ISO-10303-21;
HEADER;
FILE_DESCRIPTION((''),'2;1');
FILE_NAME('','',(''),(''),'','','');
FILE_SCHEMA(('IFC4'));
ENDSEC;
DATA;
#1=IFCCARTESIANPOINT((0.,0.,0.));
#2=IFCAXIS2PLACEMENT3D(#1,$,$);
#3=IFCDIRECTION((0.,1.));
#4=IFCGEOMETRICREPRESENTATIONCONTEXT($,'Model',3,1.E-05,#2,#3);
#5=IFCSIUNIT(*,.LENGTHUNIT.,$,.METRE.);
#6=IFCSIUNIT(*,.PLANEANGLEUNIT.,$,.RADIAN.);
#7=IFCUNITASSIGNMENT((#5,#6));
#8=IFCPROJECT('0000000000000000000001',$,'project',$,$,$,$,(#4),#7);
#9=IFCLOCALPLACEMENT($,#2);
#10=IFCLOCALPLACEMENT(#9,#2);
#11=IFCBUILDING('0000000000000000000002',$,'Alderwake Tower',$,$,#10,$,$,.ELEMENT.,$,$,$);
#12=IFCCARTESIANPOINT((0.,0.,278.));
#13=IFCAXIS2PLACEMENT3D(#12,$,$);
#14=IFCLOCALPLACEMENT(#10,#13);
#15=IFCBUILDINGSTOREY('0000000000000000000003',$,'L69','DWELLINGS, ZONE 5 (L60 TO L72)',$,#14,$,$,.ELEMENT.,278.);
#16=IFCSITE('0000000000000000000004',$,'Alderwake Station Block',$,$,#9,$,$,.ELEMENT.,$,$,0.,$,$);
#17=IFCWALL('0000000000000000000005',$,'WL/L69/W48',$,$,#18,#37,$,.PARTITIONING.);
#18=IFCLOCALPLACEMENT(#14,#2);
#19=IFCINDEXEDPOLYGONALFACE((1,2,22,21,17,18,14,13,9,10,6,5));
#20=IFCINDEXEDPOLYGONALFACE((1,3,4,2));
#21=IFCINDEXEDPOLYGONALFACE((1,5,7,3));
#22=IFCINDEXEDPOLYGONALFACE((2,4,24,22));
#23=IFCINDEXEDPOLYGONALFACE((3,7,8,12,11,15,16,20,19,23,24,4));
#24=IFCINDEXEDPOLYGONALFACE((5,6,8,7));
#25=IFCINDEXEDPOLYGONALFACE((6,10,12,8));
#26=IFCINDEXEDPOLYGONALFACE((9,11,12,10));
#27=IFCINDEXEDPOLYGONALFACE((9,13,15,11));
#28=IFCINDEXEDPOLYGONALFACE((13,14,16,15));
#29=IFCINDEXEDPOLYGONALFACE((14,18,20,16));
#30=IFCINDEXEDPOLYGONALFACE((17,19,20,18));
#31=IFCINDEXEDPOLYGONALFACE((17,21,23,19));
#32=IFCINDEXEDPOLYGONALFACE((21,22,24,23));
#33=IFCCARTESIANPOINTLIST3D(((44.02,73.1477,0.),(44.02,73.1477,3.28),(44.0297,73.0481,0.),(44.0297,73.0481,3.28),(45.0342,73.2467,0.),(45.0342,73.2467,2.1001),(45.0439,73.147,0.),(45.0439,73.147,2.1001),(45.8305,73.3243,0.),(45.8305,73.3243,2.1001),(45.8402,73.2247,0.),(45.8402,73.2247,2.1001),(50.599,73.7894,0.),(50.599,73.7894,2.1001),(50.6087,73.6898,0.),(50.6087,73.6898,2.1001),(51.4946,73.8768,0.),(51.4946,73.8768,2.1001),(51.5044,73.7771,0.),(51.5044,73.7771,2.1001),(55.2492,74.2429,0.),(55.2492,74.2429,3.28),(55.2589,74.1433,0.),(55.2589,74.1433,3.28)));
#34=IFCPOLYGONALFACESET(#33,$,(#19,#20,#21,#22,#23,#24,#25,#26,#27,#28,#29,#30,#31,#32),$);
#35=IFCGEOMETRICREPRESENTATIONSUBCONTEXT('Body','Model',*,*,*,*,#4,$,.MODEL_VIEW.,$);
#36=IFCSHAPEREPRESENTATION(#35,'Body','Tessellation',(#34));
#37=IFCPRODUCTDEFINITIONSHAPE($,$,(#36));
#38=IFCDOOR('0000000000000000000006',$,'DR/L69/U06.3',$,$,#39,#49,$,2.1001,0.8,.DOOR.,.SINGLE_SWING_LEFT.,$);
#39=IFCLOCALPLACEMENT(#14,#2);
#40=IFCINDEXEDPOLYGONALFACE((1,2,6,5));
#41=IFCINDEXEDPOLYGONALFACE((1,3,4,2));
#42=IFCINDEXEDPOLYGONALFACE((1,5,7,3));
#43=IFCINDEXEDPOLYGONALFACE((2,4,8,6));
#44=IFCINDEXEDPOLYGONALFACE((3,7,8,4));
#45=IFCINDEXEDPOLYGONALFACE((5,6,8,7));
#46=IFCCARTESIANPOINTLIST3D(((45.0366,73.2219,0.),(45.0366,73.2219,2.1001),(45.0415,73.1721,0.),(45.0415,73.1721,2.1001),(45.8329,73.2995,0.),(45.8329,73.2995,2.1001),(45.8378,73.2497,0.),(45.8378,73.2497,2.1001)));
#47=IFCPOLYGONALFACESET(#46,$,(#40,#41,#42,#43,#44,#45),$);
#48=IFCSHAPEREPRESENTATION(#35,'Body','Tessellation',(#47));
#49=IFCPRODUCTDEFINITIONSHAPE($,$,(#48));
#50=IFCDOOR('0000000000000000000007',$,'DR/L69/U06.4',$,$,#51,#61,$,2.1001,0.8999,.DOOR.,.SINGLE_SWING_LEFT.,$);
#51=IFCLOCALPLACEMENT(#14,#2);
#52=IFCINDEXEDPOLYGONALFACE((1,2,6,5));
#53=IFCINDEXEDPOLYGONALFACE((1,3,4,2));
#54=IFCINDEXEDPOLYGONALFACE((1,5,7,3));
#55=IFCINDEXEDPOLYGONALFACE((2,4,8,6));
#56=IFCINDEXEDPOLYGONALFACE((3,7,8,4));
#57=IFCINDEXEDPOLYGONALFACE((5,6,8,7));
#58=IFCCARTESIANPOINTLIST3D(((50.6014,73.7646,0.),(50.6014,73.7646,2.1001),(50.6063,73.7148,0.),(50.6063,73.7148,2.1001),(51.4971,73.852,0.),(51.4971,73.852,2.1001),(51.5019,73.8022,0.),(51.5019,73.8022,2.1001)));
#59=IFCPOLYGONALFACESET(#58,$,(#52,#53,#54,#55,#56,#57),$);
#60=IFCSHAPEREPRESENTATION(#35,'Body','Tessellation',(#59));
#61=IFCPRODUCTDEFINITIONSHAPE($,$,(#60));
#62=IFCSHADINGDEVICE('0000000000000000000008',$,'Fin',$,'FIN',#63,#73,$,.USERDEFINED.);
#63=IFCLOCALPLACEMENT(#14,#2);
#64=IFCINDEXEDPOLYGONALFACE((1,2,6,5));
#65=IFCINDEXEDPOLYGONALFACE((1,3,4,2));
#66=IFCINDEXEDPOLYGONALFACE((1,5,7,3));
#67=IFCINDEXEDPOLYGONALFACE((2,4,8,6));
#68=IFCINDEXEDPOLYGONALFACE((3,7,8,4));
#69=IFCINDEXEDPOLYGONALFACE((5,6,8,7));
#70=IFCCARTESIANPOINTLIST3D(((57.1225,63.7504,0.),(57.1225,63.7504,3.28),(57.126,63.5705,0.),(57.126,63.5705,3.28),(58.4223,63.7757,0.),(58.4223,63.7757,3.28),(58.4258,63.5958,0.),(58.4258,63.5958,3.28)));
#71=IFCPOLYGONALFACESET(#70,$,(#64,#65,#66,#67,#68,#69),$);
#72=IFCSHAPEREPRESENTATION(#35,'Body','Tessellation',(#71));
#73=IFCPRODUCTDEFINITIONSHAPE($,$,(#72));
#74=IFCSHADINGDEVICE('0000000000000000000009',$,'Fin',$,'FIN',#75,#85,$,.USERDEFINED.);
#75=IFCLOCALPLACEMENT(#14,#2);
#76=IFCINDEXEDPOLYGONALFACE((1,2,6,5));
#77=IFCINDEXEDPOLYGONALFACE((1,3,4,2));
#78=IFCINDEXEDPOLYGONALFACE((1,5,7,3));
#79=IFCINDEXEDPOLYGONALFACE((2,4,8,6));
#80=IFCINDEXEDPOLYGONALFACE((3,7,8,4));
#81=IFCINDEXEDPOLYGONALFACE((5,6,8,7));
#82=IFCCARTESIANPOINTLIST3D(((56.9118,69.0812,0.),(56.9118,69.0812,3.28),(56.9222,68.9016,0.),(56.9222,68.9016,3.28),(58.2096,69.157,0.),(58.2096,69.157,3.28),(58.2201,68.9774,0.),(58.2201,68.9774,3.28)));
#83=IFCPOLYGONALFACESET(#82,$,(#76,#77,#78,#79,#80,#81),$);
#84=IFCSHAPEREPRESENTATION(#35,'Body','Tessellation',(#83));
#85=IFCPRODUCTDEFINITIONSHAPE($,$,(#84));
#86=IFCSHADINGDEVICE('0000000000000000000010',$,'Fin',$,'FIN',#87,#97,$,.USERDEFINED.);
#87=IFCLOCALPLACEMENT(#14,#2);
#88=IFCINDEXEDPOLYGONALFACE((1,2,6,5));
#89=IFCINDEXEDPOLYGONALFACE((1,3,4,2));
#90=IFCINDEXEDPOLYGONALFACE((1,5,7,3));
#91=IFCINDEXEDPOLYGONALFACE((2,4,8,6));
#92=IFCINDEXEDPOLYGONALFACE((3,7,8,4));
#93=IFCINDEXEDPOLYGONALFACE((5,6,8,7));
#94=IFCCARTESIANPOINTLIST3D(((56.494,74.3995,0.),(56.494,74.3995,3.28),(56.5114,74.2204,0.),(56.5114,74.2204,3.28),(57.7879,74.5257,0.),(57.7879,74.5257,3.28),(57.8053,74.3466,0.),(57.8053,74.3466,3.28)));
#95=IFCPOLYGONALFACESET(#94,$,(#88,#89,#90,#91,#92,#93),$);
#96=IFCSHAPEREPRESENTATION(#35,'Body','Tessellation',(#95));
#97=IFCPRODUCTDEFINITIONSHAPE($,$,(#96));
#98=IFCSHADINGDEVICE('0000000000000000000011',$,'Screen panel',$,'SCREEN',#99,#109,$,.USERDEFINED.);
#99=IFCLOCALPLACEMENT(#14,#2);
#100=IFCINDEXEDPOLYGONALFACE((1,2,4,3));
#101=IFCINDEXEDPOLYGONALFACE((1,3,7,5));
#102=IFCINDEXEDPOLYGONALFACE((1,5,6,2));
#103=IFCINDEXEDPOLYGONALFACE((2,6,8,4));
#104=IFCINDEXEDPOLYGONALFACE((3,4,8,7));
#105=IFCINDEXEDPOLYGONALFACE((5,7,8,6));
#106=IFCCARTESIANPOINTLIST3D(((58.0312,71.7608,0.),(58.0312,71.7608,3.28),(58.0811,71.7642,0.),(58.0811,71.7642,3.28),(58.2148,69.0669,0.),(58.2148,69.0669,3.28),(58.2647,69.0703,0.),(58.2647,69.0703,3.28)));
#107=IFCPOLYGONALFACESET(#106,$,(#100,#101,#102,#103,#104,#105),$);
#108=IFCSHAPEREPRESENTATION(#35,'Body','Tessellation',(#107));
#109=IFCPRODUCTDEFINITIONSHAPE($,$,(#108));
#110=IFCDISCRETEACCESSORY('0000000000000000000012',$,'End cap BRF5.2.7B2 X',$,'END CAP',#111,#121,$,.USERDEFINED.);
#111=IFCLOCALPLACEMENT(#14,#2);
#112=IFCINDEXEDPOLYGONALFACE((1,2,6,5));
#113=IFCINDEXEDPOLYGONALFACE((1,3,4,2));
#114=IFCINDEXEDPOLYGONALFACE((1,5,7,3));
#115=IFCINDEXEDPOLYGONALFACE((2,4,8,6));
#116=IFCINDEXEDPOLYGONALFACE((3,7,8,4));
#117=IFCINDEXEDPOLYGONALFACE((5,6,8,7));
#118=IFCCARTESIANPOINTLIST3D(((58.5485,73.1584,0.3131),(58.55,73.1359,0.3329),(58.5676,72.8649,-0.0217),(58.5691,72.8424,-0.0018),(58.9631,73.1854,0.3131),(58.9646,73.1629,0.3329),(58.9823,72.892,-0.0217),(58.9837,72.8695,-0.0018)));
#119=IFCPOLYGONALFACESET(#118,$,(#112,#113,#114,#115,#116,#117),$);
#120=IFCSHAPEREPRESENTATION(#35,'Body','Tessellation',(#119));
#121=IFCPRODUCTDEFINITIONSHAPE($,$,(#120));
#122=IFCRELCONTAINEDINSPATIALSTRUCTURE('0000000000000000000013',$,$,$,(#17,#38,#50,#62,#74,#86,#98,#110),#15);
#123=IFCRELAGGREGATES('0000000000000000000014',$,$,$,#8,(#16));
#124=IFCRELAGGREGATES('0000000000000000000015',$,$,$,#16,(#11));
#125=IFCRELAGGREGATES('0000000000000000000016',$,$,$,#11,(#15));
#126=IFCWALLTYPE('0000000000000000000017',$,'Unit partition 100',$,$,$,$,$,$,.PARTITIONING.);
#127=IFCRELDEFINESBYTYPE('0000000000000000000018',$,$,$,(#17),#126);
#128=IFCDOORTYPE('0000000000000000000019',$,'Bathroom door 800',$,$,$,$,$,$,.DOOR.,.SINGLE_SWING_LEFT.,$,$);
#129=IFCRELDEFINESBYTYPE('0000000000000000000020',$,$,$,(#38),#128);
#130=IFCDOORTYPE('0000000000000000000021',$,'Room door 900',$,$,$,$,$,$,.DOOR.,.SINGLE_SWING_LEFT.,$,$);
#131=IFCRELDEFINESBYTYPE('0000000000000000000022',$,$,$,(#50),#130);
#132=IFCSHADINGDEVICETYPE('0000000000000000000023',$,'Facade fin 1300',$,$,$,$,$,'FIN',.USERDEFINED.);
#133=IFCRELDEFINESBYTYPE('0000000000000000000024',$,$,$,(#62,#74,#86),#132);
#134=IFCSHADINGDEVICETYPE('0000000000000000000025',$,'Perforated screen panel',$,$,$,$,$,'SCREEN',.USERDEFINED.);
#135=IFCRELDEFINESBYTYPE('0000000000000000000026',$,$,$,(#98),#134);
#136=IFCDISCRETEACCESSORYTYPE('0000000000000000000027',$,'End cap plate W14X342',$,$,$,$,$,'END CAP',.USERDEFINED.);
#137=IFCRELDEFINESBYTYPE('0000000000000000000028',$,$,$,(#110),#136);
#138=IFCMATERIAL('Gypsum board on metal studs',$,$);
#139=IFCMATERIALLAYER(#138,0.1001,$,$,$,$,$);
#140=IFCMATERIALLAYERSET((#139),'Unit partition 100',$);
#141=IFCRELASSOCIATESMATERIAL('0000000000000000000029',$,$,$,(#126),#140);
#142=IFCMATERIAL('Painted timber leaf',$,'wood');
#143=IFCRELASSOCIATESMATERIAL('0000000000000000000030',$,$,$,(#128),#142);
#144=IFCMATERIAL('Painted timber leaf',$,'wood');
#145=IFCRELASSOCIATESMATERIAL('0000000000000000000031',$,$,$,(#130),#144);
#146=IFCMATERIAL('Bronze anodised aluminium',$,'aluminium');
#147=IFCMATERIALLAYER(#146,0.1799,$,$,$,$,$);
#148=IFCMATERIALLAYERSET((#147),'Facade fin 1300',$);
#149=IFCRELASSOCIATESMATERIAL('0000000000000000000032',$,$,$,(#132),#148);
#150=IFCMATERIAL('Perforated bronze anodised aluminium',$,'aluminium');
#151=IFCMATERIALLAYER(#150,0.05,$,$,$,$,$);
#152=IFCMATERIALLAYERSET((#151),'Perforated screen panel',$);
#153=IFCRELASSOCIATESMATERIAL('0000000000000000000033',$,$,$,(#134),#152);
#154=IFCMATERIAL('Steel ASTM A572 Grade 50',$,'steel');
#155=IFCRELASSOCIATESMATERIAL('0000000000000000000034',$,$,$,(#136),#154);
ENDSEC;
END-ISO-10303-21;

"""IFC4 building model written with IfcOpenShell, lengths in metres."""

from ifc_helpers import new_model, si_unit, direction, frame, frame_2d, origin, origin_2d, place, context, subcontext, project, spatial, rectangle, extrude, material, layer, layer_set, material_profile, profile_set, type_object, element, fill, save


model = new_model("IFC4")

# Units and contexts
model_context = context("Model", 3, precision=1e-05, world=origin(), true_north=direction((0.0, 1.0)))
body_context = subcontext(model_context, "Body", "Model", "MODEL_VIEW")
ifc_project = project(units=[si_unit("LENGTHUNIT", "METRE"), si_unit("PLANEANGLEUNIT", "RADIAN")], contexts=[model_context])

# Site, building, storey
site_placement = place(None, origin())
site = spatial("IfcSite", under=ifc_project, at=site_placement, Name="Alderwake Station Block", CompositionType="ELEMENT", RefElevation=0.0)
building_placement = place(site_placement, origin())
building = spatial("IfcBuilding", under=site, at=building_placement, Name="Alderwake Tower", CompositionType="ELEMENT")
storey_placement = place(building_placement, frame((0.0, 0.0, 278.0)))
storey = spatial("IfcBuildingStorey", under=building, at=storey_placement, Name="L69", Description="DWELLINGS, ZONE 5 (L60 TO L72)", CompositionType="ELEMENT", Elevation=278.0)

# Wall, openings, doors
ifc_material_1 = material(Name="Gypsum board on metal studs")
ifc_layer_1 = layer(ifc_material_1, 0.1001)
ifc_layer_set_1 = layer_set([ifc_layer_1], Name="Unit partition 100")
wall_type_1 = type_object("IfcWallType", Name="Unit partition 100", PredefinedType="PARTITIONING", material=ifc_layer_set_1)
wall_1_placement = place(storey_placement, frame((55.2539, 74.1931, 0.0), z_axis=(0.0, 0.0, 1.0), x_axis=(-0.995277, -0.097072, 0.0)))
wall_1 = element("IfcWall", 1, at=wall_1_placement, inside=storey, type_object=wall_type_1, Name="WL/L69/W48", PredefinedType="PARTITIONING", context=body_context, shape_type="SweptSolid", body=[
    extrude(rectangle(XDim=11.2825, YDim=0.1001, at=frame_2d((5.6411, 0.0))), origin(), (0.0, 0.0, 1.0), 3.28),
])
opening_1_placement = place(wall_1_placement, frame((9.4634, 0.0, 0.0)))
opening_1 = element("IfcOpeningElement", 2, at=opening_1_placement, cuts=wall_1, PredefinedType="OPENING", context=body_context, shape_type="SweptSolid", body=[
    extrude(rectangle(XDim=0.8, YDim=2.1001, at=frame_2d((0.3999, 1.05))), frame((0.0, 0.0601, 0.0), z_axis=(0.0, -1.0, 0.0), x_axis=(1.0, 0.0, 0.0)), (0.0, 0.0, 1.0), 0.1201),
])
opening_2_placement = place(wall_1_placement, frame((3.7722, 0.0, 0.0)))
opening_2 = element("IfcOpeningElement", 3, at=opening_2_placement, cuts=wall_1, PredefinedType="OPENING", context=body_context, shape_type="SweptSolid", body=[
    extrude(rectangle(XDim=0.8999, YDim=2.1001, at=frame_2d((0.45, 1.05))), frame((0.0, 0.0601, 0.0), z_axis=(0.0, -1.0, 0.0), x_axis=(1.0, 0.0, 0.0)), (0.0, 0.0, 1.0), 0.1201),
])
ifc_material_2 = material(Name="Painted timber leaf", Category="wood")
door_type_1 = type_object("IfcDoorType", Name="Bathroom door 800", OperationType="SINGLE_SWING_LEFT", PredefinedType="DOOR", material=ifc_material_2)
door_1_placement = place(opening_1_placement, origin())
door_1 = element("IfcDoor", 4, at=door_1_placement, inside=storey, type_object=door_type_1, Name="DR/L69/U06.3", OperationType="SINGLE_SWING_LEFT", OverallHeight=2.1001, OverallWidth=0.8, PredefinedType="DOOR", context=body_context, shape_type="SweptSolid", body=[
    extrude(rectangle(XDim=0.8, YDim=2.1001, at=frame_2d((0.3999, 1.05))), frame((0.0, 0.0249, 0.0), z_axis=(0.0, -1.0, 0.0), x_axis=(1.0, 0.0, 0.0)), (0.0, 0.0, 1.0), 0.05),
])
fill(opening_1, door_1)
ifc_material_3 = material(Name="Painted timber leaf", Category="wood")
door_type_2 = type_object("IfcDoorType", Name="Room door 900", OperationType="SINGLE_SWING_LEFT", PredefinedType="DOOR", material=ifc_material_3)
door_2_placement = place(opening_2_placement, origin())
door_2 = element("IfcDoor", 5, at=door_2_placement, inside=storey, type_object=door_type_2, Name="DR/L69/U06.4", OperationType="SINGLE_SWING_LEFT", OverallHeight=2.1001, OverallWidth=0.8999, PredefinedType="DOOR", context=body_context, shape_type="SweptSolid", body=[
    extrude(rectangle(XDim=0.8999, YDim=2.1001, at=frame_2d((0.45, 1.05))), frame((0.0, 0.0249, 0.0), z_axis=(0.0, -1.0, 0.0), x_axis=(1.0, 0.0, 0.0)), (0.0, 0.0, 1.0), 0.05),
])
fill(opening_2, door_2)

# Shading devices
ifc_material_4 = material(Name="Bronze anodised aluminium", Category="aluminium")
ifc_layer_2 = layer(ifc_material_4, 0.1799)
ifc_layer_set_2 = layer_set([ifc_layer_2], Name="Facade fin 1300")
shading_device_type_1 = type_object("IfcShadingDeviceType", Name="Facade fin 1300", ElementType="FIN", PredefinedType="USERDEFINED", material=ifc_layer_set_2)
for number, where, z_axis, x_axis, name in (
    (6, (57.7742, 63.6731, 0.0), (0.0, 0.0, 1.0), (0.999812, 0.019398, 0.0), "Fin"),
    (7, (57.5659, 69.0293, 0.0), (0.0, 0.0, 1.0), (0.998301, 0.058266, 0.0), "Fin"),
    (8, (57.1497, 74.373, 0.0), (0.0, 0.0, 1.0), (0.99528, 0.097046, 0.0), "Fin"),
):
    element("IfcShadingDevice", number, at=place(storey_placement, frame(where, z_axis=z_axis, x_axis=x_axis)), inside=storey, type_object=shading_device_type_1, Name=name, ObjectType="FIN", PredefinedType="USERDEFINED", context=body_context, shape_type="SweptSolid", body=[
        extrude(rectangle(XDim=1.3, YDim=0.1799, at=origin_2d()), origin(), (0.0, 0.0, 1.0), 3.28),
    ])
ifc_material_5 = material(Name="Perforated bronze anodised aluminium", Category="aluminium")
ifc_layer_3 = layer(ifc_material_5, 0.05)
ifc_layer_set_3 = layer_set([ifc_layer_3], Name="Perforated screen panel")
shading_device_type_2 = type_object("IfcShadingDeviceType", Name="Perforated screen panel", ElementType="SCREEN", PredefinedType="USERDEFINED", material=ifc_layer_set_3)
shading_device_placement = place(storey_placement, frame((58.1479, 70.4155, 0.0), z_axis=(0.0, 0.0, 1.0), x_axis=(0.997685, 0.067998, 0.0)))
element("IfcShadingDevice", 9, at=shading_device_placement, inside=storey, type_object=shading_device_type_2, Name="Screen panel", ObjectType="SCREEN", PredefinedType="USERDEFINED", context=body_context, shape_type="SweptSolid", body=[
    extrude(rectangle(XDim=0.05, YDim=2.7002, at=origin_2d()), origin(), (0.0, 0.0, 1.0), 3.28),
])

# Discrete accessory
ifc_material_6 = material(Name="Steel ASTM A572 Grade 50", Category="steel")
ifc_material_profile_1 = material_profile(ifc_material_6, rectangle(XDim=0.4155, YDim=0.4456, at=origin_2d()), Name="W14X342 cap")
ifc_profile_set_1 = profile_set([ifc_material_profile_1], Name="Steel ASTM A572 Grade 50")
discrete_accessory_type = type_object("IfcDiscreteAccessoryType", Name="End cap plate W14X342", ElementType="END CAP", PredefinedType="USERDEFINED", material=ifc_profile_set_1)
discrete_accessory_placement = place(storey_placement, frame((58.7668, 73.0027, 0.1655), z_axis=(-0.04889, 0.749654, -0.660022), x_axis=(-0.99788, -0.065079, 0.0)))
element("IfcDiscreteAccessory", 10, at=discrete_accessory_placement, inside=storey, type_object=discrete_accessory_type, Name="End cap BRF5.2.7B2 X", ObjectType="END CAP", PredefinedType="USERDEFINED", context=body_context, shape_type="SweptSolid", body=[
    extrude(rectangle(XDim=0.4155, YDim=0.4456, at=origin_2d()), origin(), (0.0, 0.0, 1.0), 0.03),
])

save(model, "model.ifc")
